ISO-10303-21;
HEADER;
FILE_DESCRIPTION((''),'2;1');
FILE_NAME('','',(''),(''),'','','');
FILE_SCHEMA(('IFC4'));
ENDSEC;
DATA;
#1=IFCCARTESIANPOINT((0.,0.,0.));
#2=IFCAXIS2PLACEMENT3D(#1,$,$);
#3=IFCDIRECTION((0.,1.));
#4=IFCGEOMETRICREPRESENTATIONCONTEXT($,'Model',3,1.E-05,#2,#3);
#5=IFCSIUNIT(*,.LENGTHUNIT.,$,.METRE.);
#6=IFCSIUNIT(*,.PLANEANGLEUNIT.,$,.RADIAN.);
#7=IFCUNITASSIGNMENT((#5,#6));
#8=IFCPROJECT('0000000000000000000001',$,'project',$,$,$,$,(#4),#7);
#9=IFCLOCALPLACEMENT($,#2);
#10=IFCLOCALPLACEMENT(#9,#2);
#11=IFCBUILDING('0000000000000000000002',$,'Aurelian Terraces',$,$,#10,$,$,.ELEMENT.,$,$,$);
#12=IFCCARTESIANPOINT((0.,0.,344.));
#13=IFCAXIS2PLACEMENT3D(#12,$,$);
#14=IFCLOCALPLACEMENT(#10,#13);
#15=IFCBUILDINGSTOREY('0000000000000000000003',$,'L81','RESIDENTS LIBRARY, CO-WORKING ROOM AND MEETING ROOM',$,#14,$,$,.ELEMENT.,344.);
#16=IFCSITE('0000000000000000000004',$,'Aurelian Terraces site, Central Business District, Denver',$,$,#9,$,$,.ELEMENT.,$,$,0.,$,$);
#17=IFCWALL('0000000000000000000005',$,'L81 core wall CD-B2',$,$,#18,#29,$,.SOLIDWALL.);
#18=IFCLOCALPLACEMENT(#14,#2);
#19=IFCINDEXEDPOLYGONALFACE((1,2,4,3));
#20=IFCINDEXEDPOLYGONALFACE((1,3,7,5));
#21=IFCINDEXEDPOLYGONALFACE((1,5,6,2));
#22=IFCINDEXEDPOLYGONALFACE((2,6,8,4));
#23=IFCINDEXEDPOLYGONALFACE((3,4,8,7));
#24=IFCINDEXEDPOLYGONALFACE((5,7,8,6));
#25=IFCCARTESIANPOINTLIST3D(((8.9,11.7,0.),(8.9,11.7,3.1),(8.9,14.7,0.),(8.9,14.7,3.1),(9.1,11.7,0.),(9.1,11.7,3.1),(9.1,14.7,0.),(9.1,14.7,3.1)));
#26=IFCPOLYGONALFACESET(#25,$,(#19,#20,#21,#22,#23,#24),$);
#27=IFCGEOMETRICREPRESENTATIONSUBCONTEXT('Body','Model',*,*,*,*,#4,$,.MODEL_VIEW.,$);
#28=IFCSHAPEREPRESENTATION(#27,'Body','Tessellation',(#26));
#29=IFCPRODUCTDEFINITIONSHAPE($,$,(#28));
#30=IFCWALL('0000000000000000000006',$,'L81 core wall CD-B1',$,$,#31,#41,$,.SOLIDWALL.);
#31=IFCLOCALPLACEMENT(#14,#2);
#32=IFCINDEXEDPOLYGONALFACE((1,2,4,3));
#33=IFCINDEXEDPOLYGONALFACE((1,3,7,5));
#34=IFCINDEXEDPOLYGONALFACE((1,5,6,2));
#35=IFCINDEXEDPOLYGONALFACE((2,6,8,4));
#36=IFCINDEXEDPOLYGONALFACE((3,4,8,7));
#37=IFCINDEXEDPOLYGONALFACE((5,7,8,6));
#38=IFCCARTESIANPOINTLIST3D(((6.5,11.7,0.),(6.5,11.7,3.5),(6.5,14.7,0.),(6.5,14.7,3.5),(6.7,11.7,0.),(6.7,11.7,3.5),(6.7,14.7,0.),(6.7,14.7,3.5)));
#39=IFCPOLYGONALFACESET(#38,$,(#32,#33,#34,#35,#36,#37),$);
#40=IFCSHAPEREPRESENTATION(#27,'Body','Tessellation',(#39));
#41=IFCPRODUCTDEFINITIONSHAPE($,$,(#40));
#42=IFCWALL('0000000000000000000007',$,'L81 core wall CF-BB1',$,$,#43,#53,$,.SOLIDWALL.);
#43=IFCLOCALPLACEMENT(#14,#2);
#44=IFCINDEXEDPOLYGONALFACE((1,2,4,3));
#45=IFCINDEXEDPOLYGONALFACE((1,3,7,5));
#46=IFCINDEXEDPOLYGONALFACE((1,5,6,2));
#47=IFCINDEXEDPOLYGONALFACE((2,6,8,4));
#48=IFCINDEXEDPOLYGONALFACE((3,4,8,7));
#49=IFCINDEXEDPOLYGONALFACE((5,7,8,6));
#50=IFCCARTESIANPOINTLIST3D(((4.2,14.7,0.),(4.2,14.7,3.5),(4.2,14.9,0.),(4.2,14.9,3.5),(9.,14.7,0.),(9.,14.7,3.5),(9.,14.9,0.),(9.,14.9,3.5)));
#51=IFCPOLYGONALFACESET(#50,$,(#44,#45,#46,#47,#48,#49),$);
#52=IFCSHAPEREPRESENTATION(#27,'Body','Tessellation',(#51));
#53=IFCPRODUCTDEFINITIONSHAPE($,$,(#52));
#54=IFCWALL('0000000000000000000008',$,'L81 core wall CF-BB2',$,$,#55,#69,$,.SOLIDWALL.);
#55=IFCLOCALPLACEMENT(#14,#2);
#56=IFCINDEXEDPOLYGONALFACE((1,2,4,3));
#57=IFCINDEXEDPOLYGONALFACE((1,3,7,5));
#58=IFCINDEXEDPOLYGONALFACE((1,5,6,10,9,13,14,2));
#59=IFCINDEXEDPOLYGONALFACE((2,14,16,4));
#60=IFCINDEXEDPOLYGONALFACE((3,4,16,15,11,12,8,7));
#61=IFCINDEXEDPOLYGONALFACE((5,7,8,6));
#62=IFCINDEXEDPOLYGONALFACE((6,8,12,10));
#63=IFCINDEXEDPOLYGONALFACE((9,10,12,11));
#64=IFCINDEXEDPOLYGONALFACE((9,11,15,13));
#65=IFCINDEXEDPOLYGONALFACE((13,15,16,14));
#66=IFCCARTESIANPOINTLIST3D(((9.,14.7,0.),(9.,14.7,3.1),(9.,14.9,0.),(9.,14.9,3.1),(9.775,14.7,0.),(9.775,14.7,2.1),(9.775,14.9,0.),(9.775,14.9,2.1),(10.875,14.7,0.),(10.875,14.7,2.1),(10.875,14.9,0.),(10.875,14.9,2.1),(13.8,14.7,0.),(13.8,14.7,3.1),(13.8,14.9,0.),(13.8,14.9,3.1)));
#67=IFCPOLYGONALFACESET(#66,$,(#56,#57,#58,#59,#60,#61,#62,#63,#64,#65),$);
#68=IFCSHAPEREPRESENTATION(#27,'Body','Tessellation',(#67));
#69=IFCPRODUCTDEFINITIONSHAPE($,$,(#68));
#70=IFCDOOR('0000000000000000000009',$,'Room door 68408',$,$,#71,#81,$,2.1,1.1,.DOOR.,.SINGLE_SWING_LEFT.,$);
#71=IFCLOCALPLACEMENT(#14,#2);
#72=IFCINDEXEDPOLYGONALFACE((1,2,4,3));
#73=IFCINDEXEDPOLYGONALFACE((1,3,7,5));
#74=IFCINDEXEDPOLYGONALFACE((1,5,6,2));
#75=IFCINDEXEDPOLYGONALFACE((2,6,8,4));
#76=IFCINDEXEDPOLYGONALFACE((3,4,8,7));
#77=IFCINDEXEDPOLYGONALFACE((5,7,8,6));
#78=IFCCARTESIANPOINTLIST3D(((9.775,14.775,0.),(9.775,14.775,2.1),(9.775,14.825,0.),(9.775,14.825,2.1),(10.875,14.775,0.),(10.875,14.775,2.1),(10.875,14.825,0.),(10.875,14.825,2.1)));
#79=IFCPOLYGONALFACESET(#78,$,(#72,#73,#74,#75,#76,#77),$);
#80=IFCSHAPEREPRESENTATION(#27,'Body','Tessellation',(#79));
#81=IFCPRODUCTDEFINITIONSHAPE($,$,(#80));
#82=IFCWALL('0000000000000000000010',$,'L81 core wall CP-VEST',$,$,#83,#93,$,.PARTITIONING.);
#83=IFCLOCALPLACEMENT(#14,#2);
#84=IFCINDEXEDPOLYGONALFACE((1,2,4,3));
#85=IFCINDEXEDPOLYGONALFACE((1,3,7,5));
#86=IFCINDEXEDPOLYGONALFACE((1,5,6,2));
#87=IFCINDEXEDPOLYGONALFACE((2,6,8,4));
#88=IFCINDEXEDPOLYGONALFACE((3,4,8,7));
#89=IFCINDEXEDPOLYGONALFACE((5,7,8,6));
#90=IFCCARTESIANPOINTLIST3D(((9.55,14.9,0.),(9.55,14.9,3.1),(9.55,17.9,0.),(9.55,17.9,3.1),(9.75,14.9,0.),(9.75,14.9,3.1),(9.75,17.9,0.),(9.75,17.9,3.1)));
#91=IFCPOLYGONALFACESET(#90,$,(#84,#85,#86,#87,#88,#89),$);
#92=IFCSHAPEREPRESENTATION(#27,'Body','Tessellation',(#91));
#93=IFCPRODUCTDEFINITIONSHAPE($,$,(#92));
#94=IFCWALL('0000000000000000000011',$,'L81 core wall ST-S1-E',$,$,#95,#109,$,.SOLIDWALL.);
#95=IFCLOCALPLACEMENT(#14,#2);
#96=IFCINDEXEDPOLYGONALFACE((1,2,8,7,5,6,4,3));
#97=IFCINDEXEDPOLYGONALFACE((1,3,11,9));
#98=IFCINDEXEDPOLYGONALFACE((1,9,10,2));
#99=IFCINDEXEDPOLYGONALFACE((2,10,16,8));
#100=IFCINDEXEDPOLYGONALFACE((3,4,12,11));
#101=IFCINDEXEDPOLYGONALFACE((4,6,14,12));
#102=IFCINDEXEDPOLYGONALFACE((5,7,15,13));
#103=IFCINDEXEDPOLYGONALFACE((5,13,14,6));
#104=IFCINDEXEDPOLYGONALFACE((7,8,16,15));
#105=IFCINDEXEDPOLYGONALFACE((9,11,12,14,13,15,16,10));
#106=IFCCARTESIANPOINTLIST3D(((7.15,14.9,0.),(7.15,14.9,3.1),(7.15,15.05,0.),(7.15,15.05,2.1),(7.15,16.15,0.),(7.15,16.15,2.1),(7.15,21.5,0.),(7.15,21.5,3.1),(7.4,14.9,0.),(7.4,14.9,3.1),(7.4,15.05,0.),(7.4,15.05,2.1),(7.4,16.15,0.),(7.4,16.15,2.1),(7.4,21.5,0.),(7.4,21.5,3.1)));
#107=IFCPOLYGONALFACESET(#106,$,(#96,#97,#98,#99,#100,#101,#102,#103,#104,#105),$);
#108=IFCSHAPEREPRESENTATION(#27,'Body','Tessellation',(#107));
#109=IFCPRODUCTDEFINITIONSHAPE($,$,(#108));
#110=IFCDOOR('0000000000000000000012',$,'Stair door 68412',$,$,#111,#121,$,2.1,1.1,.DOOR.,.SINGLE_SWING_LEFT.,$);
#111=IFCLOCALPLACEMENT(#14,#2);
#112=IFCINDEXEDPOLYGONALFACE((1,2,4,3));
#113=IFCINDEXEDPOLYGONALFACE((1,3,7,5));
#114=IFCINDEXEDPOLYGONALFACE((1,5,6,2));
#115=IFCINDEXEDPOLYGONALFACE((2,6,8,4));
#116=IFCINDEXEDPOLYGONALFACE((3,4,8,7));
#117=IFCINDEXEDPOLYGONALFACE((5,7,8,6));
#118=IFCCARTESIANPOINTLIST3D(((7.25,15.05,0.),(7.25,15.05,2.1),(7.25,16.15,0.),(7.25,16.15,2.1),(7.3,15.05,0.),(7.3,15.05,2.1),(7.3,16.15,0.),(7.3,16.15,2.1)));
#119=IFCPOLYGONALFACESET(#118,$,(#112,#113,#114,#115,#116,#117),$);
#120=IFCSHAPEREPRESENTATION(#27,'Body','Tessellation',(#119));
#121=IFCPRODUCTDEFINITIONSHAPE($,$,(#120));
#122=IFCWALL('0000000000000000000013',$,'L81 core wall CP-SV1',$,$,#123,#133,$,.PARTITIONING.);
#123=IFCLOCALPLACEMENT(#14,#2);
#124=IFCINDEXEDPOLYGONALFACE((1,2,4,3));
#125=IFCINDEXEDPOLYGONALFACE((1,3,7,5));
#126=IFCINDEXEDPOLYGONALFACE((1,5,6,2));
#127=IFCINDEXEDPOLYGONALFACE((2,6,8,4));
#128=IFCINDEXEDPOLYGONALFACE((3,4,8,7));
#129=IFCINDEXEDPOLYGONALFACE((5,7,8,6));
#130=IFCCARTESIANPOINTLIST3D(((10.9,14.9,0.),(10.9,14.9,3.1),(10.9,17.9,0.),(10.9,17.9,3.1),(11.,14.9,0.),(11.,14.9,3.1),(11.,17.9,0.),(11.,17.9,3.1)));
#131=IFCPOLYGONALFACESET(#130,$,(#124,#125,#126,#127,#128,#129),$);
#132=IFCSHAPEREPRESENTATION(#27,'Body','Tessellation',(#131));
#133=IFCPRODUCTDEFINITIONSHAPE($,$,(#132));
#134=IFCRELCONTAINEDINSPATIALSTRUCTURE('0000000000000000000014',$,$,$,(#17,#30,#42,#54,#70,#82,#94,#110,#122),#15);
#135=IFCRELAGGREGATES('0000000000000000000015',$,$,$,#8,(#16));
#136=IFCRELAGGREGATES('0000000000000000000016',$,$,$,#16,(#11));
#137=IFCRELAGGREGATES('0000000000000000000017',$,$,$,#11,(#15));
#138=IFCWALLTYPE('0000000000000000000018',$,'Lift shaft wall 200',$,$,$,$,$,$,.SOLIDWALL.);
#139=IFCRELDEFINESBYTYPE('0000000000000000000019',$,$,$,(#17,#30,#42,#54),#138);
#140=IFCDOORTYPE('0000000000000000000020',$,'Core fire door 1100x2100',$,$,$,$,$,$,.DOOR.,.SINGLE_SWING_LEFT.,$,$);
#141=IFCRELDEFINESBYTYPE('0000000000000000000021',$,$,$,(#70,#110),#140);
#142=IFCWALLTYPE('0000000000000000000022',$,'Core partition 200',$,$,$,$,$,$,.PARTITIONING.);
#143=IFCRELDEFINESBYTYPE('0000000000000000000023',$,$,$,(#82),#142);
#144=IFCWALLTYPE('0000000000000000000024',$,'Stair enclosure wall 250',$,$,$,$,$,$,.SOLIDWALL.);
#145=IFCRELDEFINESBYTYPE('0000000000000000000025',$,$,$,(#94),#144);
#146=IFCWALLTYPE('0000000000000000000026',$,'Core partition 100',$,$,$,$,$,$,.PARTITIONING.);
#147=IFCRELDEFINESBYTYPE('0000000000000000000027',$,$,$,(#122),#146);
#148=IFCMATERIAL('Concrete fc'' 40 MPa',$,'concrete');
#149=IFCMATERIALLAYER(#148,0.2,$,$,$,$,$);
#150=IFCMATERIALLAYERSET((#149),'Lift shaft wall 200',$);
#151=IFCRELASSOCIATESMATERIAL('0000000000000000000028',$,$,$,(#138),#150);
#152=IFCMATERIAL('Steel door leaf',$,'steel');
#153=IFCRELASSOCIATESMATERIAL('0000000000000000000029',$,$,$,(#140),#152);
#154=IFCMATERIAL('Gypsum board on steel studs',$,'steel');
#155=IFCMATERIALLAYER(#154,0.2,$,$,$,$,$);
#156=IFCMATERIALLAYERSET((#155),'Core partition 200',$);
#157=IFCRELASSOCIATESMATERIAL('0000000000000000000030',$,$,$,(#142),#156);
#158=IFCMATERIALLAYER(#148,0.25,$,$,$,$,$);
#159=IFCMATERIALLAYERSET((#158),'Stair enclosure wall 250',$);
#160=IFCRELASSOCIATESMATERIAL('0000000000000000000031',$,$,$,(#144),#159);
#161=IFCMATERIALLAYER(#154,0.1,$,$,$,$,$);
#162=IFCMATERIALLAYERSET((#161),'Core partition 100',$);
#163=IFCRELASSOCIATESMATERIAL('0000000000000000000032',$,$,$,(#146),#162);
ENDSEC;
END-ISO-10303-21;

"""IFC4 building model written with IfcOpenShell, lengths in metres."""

from ifc_helpers import new_model, si_unit, direction, frame, frame_2d, origin, place, context, subcontext, project, spatial, rectangle, extrude, source, transform, mapped, material, layer, layer_set, type_object, element, fill, save


model = new_model("IFC4")

# Units and contexts
model_context = context("Model", 3, precision=1e-05, world=origin(), true_north=direction((0.0, 1.0)))
body_context = subcontext(model_context, "Body", "Model", "MODEL_VIEW")
ifc_project = project(units=[si_unit("LENGTHUNIT", "METRE"), si_unit("PLANEANGLEUNIT", "RADIAN")], contexts=[model_context])

# Site, building, storey
site_placement = place(None, origin())
site = spatial("IfcSite", under=ifc_project, at=site_placement, Name="Aurelian Terraces site, Central Business District, Denver", CompositionType="ELEMENT", RefElevation=0.0)
building_placement = place(site_placement, origin())
building = spatial("IfcBuilding", under=site, at=building_placement, Name="Aurelian Terraces", CompositionType="ELEMENT")
storey_placement = place(building_placement, frame((0.0, 0.0, 344.0)))
storey = spatial("IfcBuildingStorey", under=building, at=storey_placement, Name="L81", Description="RESIDENTS LIBRARY, CO-WORKING ROOM AND MEETING ROOM", CompositionType="ELEMENT", Elevation=344.0)

# Walls
ifc_material_1 = material(Name="Concrete fc' 40 MPa", Category="concrete")
ifc_layer_1 = layer(ifc_material_1, 0.2)
ifc_layer_set_1 = layer_set([ifc_layer_1], Name="Lift shaft wall 200")
wall_type_1 = type_object("IfcWallType", Name="Lift shaft wall 200", PredefinedType="SOLIDWALL", material=ifc_layer_set_1)
shared_shape_1 = source(origin(), body_context, "Body", "SweptSolid", [
    extrude(rectangle(XDim=3.0, YDim=0.2, at=frame_2d((1.5, 0.0))), origin(), (0.0, 0.0, 1.0), 3.1),
])
wall_1_placement = place(storey_placement, frame((9.0, 11.7, 0.0), z_axis=(0.0, 0.0, 1.0), x_axis=(0.0, 1.0, 0.0)))
element("IfcWall", 1, at=wall_1_placement, inside=storey, type_object=wall_type_1, Name="L81 core wall CD-B2", PredefinedType="SOLIDWALL", context=body_context, shape_type="MappedRepresentation", body=[
    mapped(shared_shape_1, transform((0.0, 0.0, 0.0), scale=1.0)),
])
shared_shape_2 = source(origin(), body_context, "Body", "SweptSolid", [
    extrude(rectangle(XDim=3.0, YDim=0.2, at=frame_2d((1.5, 0.0))), origin(), (0.0, 0.0, 1.0), 3.5),
])
wall_2_placement = place(storey_placement, frame((6.6, 11.7, 0.0), z_axis=(0.0, 0.0, 1.0), x_axis=(0.0, 1.0, 0.0)))
element("IfcWall", 2, at=wall_2_placement, inside=storey, type_object=wall_type_1, Name="L81 core wall CD-B1", PredefinedType="SOLIDWALL", context=body_context, shape_type="MappedRepresentation", body=[
    mapped(shared_shape_2, transform((0.0, 0.0, 0.0), scale=1.0)),
])
shared_shape_3 = source(origin(), body_context, "Body", "SweptSolid", [
    extrude(rectangle(XDim=4.8, YDim=0.2, at=frame_2d((2.4, 0.0))), origin(), (0.0, 0.0, 1.0), 3.5),
])
wall_3_placement = place(storey_placement, frame((4.2, 14.8, 0.0), z_axis=(0.0, 0.0, 1.0), x_axis=(1.0, 0.0, 0.0)))
element("IfcWall", 3, at=wall_3_placement, inside=storey, type_object=wall_type_1, Name="L81 core wall CF-BB1", PredefinedType="SOLIDWALL", context=body_context, shape_type="MappedRepresentation", body=[
    mapped(shared_shape_3, transform((0.0, 0.0, 0.0), scale=1.0)),
])

# Wall, opening, door
shared_shape_4 = source(origin(), body_context, "Body", "SweptSolid", [
    extrude(rectangle(XDim=4.8, YDim=0.2, at=frame_2d((2.4, 0.0))), origin(), (0.0, 0.0, 1.0), 3.1),
])
wall_4_placement = place(storey_placement, frame((9.0, 14.8, 0.0), z_axis=(0.0, 0.0, 1.0), x_axis=(1.0, 0.0, 0.0)))
wall_4 = element("IfcWall", 4, at=wall_4_placement, inside=storey, type_object=wall_type_1, Name="L81 core wall CF-BB2", PredefinedType="SOLIDWALL", context=body_context, shape_type="MappedRepresentation", body=[
    mapped(shared_shape_4, transform((0.0, 0.0, 0.0), scale=1.0)),
])
shared_shape_5 = source(origin(), body_context, "Body", "SweptSolid", [
    extrude(rectangle(XDim=1.1, YDim=2.1, at=frame_2d((0.55, 1.05))), frame((0.0, 0.11, 0.0), z_axis=(0.0, -1.0, 0.0), x_axis=(1.0, 0.0, 0.0)), (0.0, 0.0, 1.0), 0.22),
])
opening_1_placement = place(wall_4_placement, frame((0.775, 0.0, 0.0)))
opening_1 = element("IfcOpeningElement", 5, at=opening_1_placement, cuts=wall_4, PredefinedType="OPENING", context=body_context, shape_type="MappedRepresentation", body=[
    mapped(shared_shape_5, transform((0.0, 0.0, 0.0), scale=1.0)),
])
ifc_material_2 = material(Name="Steel door leaf", Category="steel")
door_type_1 = type_object("IfcDoorType", Name="Core fire door 1100x2100", OperationType="SINGLE_SWING_LEFT", PredefinedType="DOOR", material=ifc_material_2)
shared_shape_6 = source(origin(), body_context, "Body", "SweptSolid", [
    extrude(rectangle(XDim=1.1, YDim=2.1, at=frame_2d((0.55, 1.05))), frame((0.0, 0.025, 0.0), z_axis=(0.0, -1.0, 0.0), x_axis=(1.0, 0.0, 0.0)), (0.0, 0.0, 1.0), 0.05),
])
door_1_placement = place(opening_1_placement, origin())
door_1 = element("IfcDoor", 6, at=door_1_placement, inside=storey, type_object=door_type_1, Name="Room door 68408", OperationType="SINGLE_SWING_LEFT", OverallHeight=2.1, OverallWidth=1.1, PredefinedType="DOOR", context=body_context, shape_type="MappedRepresentation", body=[
    mapped(shared_shape_6, transform((0.0, 0.0, 0.0), scale=1.0)),
])
fill(opening_1, door_1)

# Wall
ifc_material_3 = material(Name="Gypsum board on steel studs", Category="steel")
ifc_layer_2 = layer(ifc_material_3, 0.2)
ifc_layer_set_2 = layer_set([ifc_layer_2], Name="Core partition 200")
wall_type_2 = type_object("IfcWallType", Name="Core partition 200", PredefinedType="PARTITIONING", material=ifc_layer_set_2)
shared_shape_7 = source(origin(), body_context, "Body", "SweptSolid", [
    extrude(rectangle(XDim=3.0, YDim=0.2, at=frame_2d((1.5, 0.0))), origin(), (0.0, 0.0, 1.0), 3.1),
])
wall_5_placement = place(storey_placement, frame((9.65, 14.9, 0.0), z_axis=(0.0, 0.0, 1.0), x_axis=(0.0, 1.0, 0.0)))
element("IfcWall", 7, at=wall_5_placement, inside=storey, type_object=wall_type_2, Name="L81 core wall CP-VEST", PredefinedType="PARTITIONING", context=body_context, shape_type="MappedRepresentation", body=[
    mapped(shared_shape_7, transform((0.0, 0.0, 0.0), scale=1.0)),
])

# Wall, opening, door
ifc_layer_3 = layer(ifc_material_1, 0.25)
ifc_layer_set_3 = layer_set([ifc_layer_3], Name="Stair enclosure wall 250")
wall_type_3 = type_object("IfcWallType", Name="Stair enclosure wall 250", PredefinedType="SOLIDWALL", material=ifc_layer_set_3)
shared_shape_8 = source(origin(), body_context, "Body", "SweptSolid", [
    extrude(rectangle(XDim=6.6, YDim=0.25, at=frame_2d((3.3, 0.0))), origin(), (0.0, 0.0, 1.0), 3.1),
])
wall_6_placement = place(storey_placement, frame((7.275, 14.9, 0.0), z_axis=(0.0, 0.0, 1.0), x_axis=(0.0, 1.0, 0.0)))
wall_6 = element("IfcWall", 8, at=wall_6_placement, inside=storey, type_object=wall_type_3, Name="L81 core wall ST-S1-E", PredefinedType="SOLIDWALL", context=body_context, shape_type="MappedRepresentation", body=[
    mapped(shared_shape_8, transform((0.0, 0.0, 0.0), scale=1.0)),
])
shared_shape_9 = source(origin(), body_context, "Body", "SweptSolid", [
    extrude(rectangle(XDim=1.1, YDim=2.1, at=frame_2d((0.55, 1.05))), frame((0.0, 0.135, 0.0), z_axis=(0.0, -1.0, 0.0), x_axis=(1.0, 0.0, 0.0)), (0.0, 0.0, 1.0), 0.27),
])
opening_2_placement = place(wall_6_placement, frame((0.15, 0.0, 0.0)))
opening_2 = element("IfcOpeningElement", 9, at=opening_2_placement, cuts=wall_6, PredefinedType="OPENING", context=body_context, shape_type="MappedRepresentation", body=[
    mapped(shared_shape_9, transform((0.0, 0.0, 0.0), scale=1.0)),
])
door_2_placement = place(opening_2_placement, origin())
door_2 = element("IfcDoor", 10, at=door_2_placement, inside=storey, type_object=door_type_1, Name="Stair door 68412", OperationType="SINGLE_SWING_LEFT", OverallHeight=2.1, OverallWidth=1.1, PredefinedType="DOOR", context=body_context, shape_type="MappedRepresentation", body=[
    mapped(shared_shape_6, transform((0.0, 0.0, 0.0), scale=1.0)),
])
fill(opening_2, door_2)

# Wall
ifc_layer_4 = layer(ifc_material_3, 0.1)
ifc_layer_set_4 = layer_set([ifc_layer_4], Name="Core partition 100")
wall_type_4 = type_object("IfcWallType", Name="Core partition 100", PredefinedType="PARTITIONING", material=ifc_layer_set_4)
shared_shape_10 = source(origin(), body_context, "Body", "SweptSolid", [
    extrude(rectangle(XDim=3.0, YDim=0.1, at=frame_2d((1.5, 0.0))), origin(), (0.0, 0.0, 1.0), 3.1),
])
wall_7_placement = place(storey_placement, frame((10.95, 14.9, 0.0), z_axis=(0.0, 0.0, 1.0), x_axis=(0.0, 1.0, 0.0)))
element("IfcWall", 11, at=wall_7_placement, inside=storey, type_object=wall_type_4, Name="L81 core wall CP-SV1", PredefinedType="PARTITIONING", context=body_context, shape_type="MappedRepresentation", body=[
    mapped(shared_shape_10, transform((0.0, 0.0, 0.0), scale=1.0)),
])

save(model, "model.ifc")
